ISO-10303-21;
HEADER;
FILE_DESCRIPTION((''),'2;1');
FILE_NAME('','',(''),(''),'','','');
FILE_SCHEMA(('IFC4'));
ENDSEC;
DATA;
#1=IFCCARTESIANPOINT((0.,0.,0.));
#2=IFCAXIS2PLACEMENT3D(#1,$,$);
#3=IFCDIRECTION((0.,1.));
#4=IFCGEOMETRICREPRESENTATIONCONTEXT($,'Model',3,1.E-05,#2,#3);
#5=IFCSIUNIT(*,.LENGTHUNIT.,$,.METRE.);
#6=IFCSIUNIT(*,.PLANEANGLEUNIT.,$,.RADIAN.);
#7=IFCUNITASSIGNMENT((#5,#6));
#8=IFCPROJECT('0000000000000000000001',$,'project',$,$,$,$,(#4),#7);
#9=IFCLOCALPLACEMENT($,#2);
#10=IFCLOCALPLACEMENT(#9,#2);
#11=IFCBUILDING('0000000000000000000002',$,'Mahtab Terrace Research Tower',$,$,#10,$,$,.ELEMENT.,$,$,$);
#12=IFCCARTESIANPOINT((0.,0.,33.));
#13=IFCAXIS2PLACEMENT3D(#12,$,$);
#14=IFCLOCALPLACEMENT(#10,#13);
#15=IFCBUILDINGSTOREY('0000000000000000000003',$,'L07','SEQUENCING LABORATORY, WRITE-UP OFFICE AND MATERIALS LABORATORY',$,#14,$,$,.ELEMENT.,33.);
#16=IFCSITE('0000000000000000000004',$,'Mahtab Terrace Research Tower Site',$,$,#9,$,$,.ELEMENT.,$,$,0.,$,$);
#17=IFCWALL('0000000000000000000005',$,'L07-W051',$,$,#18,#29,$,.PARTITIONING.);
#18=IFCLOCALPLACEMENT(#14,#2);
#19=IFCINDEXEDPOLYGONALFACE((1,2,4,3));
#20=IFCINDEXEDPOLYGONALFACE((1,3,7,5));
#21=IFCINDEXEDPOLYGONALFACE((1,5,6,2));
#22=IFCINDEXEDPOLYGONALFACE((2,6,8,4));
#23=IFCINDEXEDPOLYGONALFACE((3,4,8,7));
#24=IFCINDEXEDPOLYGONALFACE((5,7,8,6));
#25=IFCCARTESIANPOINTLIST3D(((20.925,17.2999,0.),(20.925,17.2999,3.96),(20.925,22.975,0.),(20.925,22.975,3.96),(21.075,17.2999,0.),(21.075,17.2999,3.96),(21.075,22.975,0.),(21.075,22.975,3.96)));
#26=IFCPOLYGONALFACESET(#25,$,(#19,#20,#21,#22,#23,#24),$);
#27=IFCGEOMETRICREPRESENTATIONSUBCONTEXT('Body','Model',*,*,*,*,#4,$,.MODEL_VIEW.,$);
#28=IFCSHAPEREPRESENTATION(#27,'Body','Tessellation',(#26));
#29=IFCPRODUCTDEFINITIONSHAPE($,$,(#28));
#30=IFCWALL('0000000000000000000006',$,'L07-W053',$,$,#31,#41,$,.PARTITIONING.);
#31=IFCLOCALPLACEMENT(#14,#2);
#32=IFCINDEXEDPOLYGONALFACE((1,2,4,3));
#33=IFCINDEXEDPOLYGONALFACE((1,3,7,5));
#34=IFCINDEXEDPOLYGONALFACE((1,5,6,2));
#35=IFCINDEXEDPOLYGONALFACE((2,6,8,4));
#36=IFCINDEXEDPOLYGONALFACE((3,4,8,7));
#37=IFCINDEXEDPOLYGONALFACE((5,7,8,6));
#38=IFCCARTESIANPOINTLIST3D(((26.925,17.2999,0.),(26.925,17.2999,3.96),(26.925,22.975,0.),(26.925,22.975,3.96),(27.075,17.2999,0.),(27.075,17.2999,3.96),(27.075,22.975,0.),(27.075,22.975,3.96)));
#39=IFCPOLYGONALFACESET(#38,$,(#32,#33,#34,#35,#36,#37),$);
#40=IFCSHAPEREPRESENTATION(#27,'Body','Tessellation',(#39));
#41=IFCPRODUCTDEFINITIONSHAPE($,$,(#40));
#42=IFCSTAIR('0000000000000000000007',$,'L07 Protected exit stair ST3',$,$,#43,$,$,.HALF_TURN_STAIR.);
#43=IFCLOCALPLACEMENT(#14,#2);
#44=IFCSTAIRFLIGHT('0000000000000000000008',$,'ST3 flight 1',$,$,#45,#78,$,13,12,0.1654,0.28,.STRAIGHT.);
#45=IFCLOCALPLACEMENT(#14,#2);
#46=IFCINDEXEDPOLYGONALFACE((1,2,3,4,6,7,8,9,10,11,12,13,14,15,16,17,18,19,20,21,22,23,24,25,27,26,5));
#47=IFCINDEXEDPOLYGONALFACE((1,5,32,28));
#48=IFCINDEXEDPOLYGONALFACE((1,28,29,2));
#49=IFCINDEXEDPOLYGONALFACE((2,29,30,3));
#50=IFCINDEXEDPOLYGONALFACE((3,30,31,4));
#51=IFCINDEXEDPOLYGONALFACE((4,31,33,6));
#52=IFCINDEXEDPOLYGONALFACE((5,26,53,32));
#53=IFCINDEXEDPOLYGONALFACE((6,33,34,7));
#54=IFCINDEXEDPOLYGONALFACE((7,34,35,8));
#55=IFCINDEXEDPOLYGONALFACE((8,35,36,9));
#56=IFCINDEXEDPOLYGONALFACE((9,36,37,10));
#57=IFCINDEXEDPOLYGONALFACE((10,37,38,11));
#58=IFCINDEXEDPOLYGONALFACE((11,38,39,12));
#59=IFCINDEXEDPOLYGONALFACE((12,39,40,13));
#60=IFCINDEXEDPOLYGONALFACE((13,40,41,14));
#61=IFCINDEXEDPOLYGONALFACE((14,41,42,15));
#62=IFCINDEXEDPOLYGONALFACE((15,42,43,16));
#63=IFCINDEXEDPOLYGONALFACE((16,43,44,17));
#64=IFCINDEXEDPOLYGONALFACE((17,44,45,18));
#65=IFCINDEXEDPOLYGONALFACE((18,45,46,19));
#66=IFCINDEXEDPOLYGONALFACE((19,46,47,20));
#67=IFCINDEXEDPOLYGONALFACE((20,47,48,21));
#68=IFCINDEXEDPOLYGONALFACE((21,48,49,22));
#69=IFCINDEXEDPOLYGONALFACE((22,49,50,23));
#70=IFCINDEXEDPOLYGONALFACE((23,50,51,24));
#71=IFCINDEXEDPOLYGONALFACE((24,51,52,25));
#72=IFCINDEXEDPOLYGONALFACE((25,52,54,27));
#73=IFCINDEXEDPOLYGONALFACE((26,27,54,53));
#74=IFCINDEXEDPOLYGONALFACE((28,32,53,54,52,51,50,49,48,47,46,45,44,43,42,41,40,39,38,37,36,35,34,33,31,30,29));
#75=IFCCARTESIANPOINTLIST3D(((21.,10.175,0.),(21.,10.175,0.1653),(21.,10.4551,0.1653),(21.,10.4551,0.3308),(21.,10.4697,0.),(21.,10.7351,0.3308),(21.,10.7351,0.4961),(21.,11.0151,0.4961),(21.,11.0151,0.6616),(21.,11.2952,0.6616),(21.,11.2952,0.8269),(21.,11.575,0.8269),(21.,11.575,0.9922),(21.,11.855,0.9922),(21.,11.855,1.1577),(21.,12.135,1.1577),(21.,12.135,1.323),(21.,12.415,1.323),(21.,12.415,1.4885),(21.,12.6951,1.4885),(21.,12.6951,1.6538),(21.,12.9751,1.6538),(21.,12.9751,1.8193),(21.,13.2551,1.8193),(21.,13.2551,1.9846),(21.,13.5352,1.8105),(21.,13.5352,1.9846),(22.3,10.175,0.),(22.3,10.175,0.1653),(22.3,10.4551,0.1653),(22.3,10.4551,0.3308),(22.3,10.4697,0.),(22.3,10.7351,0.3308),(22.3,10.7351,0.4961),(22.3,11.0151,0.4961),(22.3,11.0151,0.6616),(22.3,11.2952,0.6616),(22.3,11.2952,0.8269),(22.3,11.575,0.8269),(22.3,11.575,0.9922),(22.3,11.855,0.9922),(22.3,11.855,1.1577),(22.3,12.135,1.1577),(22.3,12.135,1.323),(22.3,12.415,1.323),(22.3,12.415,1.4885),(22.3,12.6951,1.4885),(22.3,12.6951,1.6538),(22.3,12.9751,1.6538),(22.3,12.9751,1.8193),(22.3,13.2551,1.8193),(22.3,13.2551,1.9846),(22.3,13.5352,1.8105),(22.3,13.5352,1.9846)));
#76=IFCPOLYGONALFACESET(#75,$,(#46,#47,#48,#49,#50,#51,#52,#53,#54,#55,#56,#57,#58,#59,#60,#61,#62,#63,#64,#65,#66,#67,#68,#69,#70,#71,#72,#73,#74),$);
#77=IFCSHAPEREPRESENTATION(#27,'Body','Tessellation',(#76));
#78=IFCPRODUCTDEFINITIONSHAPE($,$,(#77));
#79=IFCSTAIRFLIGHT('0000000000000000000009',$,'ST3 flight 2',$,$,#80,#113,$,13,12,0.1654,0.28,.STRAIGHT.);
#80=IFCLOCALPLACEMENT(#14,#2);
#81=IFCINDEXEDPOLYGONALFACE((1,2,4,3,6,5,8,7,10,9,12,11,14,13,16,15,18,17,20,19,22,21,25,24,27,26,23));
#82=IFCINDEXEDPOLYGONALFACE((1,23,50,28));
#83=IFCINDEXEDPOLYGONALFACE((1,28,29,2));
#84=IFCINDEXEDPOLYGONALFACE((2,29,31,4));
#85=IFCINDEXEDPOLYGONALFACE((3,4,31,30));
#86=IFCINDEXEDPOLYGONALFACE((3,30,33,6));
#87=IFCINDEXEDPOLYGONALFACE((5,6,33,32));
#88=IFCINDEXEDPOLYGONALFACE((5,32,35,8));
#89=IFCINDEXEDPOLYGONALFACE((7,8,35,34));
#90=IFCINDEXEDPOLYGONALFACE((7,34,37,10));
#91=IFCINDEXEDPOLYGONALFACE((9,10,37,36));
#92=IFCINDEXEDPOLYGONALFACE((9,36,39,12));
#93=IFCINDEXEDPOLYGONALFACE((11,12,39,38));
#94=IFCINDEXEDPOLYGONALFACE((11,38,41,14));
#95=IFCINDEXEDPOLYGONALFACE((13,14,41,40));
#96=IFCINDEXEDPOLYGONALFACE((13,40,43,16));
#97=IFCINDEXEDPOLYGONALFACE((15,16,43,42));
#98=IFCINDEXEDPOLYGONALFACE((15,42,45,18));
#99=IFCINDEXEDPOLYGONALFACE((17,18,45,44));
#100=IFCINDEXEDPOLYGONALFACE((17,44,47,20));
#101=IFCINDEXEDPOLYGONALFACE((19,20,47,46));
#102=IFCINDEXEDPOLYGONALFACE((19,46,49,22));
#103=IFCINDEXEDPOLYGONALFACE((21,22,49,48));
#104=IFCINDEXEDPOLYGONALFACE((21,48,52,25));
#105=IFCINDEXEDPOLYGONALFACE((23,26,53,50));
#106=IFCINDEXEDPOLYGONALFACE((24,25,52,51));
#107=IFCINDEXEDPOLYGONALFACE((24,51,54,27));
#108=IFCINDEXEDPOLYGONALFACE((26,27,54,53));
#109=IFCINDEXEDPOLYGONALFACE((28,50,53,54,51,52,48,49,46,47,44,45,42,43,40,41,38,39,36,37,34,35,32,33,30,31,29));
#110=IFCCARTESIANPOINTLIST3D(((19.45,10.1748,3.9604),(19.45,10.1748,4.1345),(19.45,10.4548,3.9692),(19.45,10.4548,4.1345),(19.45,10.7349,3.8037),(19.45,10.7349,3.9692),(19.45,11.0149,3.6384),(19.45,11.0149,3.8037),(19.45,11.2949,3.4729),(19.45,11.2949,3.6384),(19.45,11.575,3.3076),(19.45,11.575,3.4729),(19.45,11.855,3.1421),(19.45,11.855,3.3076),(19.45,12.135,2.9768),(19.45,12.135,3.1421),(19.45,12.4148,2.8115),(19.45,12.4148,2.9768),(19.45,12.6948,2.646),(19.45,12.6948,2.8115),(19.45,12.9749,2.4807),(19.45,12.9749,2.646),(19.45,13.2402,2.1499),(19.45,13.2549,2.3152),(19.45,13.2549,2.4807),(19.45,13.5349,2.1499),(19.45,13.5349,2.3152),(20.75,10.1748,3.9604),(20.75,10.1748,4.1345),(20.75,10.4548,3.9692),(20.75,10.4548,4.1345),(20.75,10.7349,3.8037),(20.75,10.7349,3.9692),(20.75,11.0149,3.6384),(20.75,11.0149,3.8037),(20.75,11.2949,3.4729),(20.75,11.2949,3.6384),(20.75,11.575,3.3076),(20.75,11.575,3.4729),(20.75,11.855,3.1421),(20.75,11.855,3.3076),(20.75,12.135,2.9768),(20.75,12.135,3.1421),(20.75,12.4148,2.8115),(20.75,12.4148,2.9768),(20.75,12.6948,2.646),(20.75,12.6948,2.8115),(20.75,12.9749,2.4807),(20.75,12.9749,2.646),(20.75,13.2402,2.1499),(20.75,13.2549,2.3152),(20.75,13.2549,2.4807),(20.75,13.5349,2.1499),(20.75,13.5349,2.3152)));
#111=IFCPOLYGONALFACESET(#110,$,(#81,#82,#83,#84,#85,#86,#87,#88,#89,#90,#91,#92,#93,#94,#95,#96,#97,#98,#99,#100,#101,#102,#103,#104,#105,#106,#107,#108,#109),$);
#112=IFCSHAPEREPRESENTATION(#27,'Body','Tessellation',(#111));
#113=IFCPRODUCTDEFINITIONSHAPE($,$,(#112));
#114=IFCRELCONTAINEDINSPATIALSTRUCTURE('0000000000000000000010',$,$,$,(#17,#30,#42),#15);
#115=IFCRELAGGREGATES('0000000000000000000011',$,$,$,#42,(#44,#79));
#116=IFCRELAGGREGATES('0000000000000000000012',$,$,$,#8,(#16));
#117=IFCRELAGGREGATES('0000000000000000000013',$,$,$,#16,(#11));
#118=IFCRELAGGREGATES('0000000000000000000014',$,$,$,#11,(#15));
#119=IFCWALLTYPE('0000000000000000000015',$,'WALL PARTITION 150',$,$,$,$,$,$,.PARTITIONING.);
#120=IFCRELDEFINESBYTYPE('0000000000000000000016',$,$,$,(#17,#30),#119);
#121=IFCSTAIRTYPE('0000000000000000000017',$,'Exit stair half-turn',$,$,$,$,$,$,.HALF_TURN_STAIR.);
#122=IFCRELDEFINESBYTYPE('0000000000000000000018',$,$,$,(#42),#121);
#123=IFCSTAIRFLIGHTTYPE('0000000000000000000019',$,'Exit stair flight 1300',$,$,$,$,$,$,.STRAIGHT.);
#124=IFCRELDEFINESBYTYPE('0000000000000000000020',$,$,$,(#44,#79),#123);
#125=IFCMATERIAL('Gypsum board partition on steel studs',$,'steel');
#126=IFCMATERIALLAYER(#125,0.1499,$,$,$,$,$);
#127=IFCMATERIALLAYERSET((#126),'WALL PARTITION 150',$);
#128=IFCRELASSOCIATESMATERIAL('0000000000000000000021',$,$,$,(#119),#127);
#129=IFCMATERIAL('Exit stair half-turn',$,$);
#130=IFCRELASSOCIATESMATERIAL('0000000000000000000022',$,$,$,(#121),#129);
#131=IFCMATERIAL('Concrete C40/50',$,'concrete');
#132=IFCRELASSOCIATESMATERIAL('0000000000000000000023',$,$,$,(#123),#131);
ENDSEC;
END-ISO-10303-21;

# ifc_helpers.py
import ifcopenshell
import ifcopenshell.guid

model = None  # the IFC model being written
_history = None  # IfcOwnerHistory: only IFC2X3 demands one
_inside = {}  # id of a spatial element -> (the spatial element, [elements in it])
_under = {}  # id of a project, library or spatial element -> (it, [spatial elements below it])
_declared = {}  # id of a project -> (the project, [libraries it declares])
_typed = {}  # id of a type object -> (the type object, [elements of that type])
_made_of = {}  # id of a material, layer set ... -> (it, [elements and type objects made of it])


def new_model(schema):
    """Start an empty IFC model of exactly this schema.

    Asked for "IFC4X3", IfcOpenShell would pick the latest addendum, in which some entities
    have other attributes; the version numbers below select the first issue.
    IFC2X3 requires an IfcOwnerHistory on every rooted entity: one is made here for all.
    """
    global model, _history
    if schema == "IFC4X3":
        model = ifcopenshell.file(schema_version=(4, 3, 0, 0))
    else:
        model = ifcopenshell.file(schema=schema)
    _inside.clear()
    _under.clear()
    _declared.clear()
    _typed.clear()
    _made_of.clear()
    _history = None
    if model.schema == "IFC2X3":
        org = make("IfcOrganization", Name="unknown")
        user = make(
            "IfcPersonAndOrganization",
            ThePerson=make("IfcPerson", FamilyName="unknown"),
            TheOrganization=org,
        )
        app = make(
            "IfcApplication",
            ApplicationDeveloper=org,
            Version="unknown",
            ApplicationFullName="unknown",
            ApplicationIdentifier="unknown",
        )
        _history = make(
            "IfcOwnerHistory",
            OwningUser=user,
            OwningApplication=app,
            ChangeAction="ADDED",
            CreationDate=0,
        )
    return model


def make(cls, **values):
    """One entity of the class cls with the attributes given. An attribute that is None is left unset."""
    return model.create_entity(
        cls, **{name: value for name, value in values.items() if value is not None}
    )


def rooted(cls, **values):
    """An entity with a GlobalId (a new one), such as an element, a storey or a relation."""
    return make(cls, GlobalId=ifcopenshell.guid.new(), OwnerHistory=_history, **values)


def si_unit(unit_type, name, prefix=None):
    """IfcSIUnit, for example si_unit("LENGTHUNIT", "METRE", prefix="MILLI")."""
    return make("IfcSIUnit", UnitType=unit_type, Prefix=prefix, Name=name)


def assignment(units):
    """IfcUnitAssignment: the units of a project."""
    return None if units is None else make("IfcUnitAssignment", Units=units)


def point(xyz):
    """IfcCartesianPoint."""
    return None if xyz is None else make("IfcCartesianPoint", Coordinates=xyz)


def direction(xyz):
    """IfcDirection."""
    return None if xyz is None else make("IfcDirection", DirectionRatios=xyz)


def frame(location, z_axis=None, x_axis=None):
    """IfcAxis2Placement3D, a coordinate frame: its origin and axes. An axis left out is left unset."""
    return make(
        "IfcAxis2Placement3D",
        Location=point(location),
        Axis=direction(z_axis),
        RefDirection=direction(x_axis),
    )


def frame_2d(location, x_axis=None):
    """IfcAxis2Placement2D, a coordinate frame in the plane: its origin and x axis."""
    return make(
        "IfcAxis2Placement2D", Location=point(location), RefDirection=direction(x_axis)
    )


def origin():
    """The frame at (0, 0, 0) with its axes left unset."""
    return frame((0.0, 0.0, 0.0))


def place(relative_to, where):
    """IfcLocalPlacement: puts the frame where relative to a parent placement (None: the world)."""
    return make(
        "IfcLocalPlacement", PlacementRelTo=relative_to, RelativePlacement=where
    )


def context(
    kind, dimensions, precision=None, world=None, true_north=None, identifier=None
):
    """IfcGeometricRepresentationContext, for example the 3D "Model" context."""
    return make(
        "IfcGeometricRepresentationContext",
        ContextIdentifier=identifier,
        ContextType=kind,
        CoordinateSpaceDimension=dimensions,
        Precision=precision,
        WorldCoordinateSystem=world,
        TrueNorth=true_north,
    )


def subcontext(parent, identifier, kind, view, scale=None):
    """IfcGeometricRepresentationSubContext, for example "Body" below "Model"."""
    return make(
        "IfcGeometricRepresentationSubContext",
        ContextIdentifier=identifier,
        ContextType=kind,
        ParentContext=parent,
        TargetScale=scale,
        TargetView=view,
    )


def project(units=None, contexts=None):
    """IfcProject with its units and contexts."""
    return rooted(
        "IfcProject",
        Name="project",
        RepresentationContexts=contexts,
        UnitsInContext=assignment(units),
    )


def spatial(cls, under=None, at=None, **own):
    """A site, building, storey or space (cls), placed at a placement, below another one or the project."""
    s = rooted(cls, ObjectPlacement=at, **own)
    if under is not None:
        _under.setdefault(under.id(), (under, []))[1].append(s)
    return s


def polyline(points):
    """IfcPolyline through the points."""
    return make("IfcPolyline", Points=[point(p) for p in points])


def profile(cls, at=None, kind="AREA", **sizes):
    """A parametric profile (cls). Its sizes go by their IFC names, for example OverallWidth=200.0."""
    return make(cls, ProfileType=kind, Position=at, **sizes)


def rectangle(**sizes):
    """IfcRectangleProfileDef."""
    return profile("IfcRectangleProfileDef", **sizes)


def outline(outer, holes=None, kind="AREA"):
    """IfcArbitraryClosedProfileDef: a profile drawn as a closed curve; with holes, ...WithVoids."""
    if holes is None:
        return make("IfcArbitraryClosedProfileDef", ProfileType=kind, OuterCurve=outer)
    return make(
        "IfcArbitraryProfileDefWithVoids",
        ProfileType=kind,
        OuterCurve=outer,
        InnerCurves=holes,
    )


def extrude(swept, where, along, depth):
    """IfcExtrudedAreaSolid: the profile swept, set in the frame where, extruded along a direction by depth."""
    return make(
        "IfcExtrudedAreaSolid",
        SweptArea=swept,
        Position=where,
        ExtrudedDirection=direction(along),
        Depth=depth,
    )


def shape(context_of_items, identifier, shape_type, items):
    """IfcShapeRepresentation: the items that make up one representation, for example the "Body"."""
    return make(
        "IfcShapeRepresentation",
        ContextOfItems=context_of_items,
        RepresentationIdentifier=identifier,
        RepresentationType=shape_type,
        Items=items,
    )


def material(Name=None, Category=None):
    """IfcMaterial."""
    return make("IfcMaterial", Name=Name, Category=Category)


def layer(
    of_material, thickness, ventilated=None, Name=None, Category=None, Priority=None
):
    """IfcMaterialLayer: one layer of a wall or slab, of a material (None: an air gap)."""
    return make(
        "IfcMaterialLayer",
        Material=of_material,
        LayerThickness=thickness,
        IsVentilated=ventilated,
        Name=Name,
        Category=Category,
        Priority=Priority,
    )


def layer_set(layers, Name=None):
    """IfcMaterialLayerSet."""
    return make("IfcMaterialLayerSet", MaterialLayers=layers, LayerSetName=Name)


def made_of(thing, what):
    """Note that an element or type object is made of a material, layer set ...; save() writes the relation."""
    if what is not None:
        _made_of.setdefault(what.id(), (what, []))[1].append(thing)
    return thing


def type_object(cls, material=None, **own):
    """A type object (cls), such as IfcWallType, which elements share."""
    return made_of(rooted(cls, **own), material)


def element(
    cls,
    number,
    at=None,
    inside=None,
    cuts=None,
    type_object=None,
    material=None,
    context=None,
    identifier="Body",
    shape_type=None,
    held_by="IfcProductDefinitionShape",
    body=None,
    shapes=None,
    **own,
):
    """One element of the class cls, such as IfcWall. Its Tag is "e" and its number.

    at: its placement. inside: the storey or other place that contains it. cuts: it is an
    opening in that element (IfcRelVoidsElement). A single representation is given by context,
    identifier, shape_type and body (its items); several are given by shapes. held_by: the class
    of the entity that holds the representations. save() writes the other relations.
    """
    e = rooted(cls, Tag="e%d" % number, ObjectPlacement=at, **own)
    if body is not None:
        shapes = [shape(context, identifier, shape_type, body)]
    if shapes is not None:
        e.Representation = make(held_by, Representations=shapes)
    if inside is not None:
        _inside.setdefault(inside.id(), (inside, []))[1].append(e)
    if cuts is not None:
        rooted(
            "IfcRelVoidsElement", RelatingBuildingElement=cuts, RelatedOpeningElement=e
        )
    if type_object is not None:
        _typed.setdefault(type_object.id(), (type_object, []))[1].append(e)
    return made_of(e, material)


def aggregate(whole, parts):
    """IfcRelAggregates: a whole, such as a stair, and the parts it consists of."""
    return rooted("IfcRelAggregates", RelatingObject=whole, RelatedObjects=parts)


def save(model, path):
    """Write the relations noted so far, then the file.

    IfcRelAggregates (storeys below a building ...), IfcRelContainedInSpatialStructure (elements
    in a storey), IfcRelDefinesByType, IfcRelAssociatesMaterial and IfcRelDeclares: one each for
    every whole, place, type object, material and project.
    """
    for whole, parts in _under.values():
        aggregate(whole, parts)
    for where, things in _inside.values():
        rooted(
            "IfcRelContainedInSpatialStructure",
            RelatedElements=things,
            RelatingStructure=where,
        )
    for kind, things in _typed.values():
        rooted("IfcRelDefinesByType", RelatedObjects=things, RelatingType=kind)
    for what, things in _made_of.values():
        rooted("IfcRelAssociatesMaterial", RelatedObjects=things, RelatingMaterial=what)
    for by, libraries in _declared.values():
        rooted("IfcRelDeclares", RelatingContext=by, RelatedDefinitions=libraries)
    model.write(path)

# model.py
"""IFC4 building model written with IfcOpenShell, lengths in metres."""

from ifc_helpers import new_model, si_unit, direction, frame, frame_2d, origin, place, context, subcontext, project, spatial, polyline, rectangle, outline, extrude, material, layer, layer_set, type_object, element, aggregate, save


model = new_model("IFC4")

# Units and contexts
model_context = context("Model", 3, precision=1e-05, world=origin(), true_north=direction((0.0, 1.0)))
body_context = subcontext(model_context, "Body", "Model", "MODEL_VIEW")
ifc_project = project(units=[si_unit("LENGTHUNIT", "METRE"), si_unit("PLANEANGLEUNIT", "RADIAN")], contexts=[model_context])

# Site, building, storey
site_placement = place(None, origin())
site = spatial("IfcSite", under=ifc_project, at=site_placement, Name="Mahtab Terrace Research Tower Site", CompositionType="ELEMENT", RefElevation=0.0)
building_placement = place(site_placement, origin())
building = spatial("IfcBuilding", under=site, at=building_placement, Name="Mahtab Terrace Research Tower", CompositionType="ELEMENT")
storey_placement = place(building_placement, frame((0.0, 0.0, 33.0)))
storey = spatial("IfcBuildingStorey", under=building, at=storey_placement, Name="L07", Description="SEQUENCING LABORATORY, WRITE-UP OFFICE AND MATERIALS LABORATORY", CompositionType="ELEMENT", Elevation=33.0)

# Walls
ifc_material_1 = material(Name="Gypsum board partition on steel studs", Category="steel")
ifc_layer_1 = layer(ifc_material_1, 0.1499)
ifc_layer_set_1 = layer_set([ifc_layer_1], Name="WALL PARTITION 150")
wall_type_1 = type_object("IfcWallType", Name="WALL PARTITION 150", PredefinedType="PARTITIONING", material=ifc_layer_set_1)
for number, where, z_axis, x_axis, name in (
    (1, (21.0, 17.3, 0.0), (0.0, 0.0, 1.0), (0.0, 1.0, 0.0), "L07-W051"),
    (2, (27.0, 17.3, 0.0), (0.0, 0.0, 1.0), (0.0, 1.0, 0.0), "L07-W053"),
):
    element("IfcWall", number, at=place(storey_placement, frame(where, z_axis=z_axis, x_axis=x_axis)), inside=storey, type_object=wall_type_1, Name=name, PredefinedType="PARTITIONING", context=body_context, shape_type="SweptSolid", body=[
        extrude(rectangle(XDim=5.675, YDim=0.1499, at=frame_2d((2.8374, 0.0))), origin(), (0.0, 0.0, 1.0), 3.96),
    ])

# Stair, stair flights
ifc_material_2 = material(Name="Exit stair half-turn")
stair_type = type_object("IfcStairType", Name="Exit stair half-turn", PredefinedType="HALF_TURN_STAIR", material=ifc_material_2)
stair_placement = place(storey_placement, origin())
stair = element("IfcStair", 3, at=stair_placement, inside=storey, type_object=stair_type, Name="L07 Protected exit stair ST3", PredefinedType="HALF_TURN_STAIR")
ifc_material_3 = material(Name="Concrete C40/50", Category="concrete")
stair_flight_type = type_object("IfcStairFlightType", Name="Exit stair flight 1300", PredefinedType="STRAIGHT", material=ifc_material_3)
stair_flight_1_placement = place(storey_placement, frame((21.6499, 10.175, 0.0), z_axis=(0.0, 0.0, 1.0), x_axis=(0.0, 1.0, 0.0)))
stair_flight_1 = element("IfcStairFlight", 4, at=stair_flight_1_placement, type_object=stair_flight_type, Name="ST3 flight 1", NumberOfRisers=13, NumberOfTreads=12, PredefinedType="STRAIGHT", RiserHeight=0.1654, TreadLength=0.28, context=body_context, shape_type="SweptSolid", body=[
    extrude(outline(polyline([(0.0, 0.0), (0.0, 0.1653), (0.28, 0.1653), (0.28, 0.3308), (0.5601, 0.3308), (0.5601, 0.4961), (0.8401, 0.4961), (0.8401, 0.6616), (1.1201, 0.6616), (1.1201, 0.8269), (1.3999, 0.8269), (1.3999, 0.9922), (1.6799, 0.9922), (1.6799, 1.1577), (1.96, 1.1577), (1.96, 1.323), (2.24, 1.323), (2.24, 1.4885), (2.52, 1.4885), (2.52, 1.6538), (2.8, 1.6538), (2.8, 1.8193), (3.0801, 1.8193), (3.0801, 1.9846), (3.3601, 1.9846), (3.3601, 2.1499), (3.3601, 1.8105), (0.2947, 0.0), (0.0, 0.0)])), frame((0.0, 0.6499, 0.0), z_axis=(0.0, -1.0, 0.0), x_axis=(1.0, 0.0, 0.0)), (0.0, 0.0, 1.0), 1.3),
])
stair_flight_2_placement = place(storey_placement, frame((20.1001, 13.5349, 2.1499), z_axis=(0.0, 0.0, 1.0), x_axis=(0.0, -1.0, 0.0)))
stair_flight_2 = element("IfcStairFlight", 5, at=stair_flight_2_placement, type_object=stair_flight_type, Name="ST3 flight 2", NumberOfRisers=13, NumberOfTreads=12, PredefinedType="STRAIGHT", RiserHeight=0.1654, TreadLength=0.28, context=body_context, shape_type="SweptSolid", body=[
    extrude(outline(polyline([(0.0, 0.0), (0.0, 0.1653), (0.28, 0.1653), (0.28, 0.3308), (0.5601, 0.3308), (0.5601, 0.4961), (0.8401, 0.4961), (0.8401, 0.6616), (1.1201, 0.6616), (1.1201, 0.8269), (1.3999, 0.8269), (1.3999, 0.9922), (1.6799, 0.9922), (1.6799, 1.1577), (1.96, 1.1577), (1.96, 1.323), (2.24, 1.323), (2.24, 1.4885), (2.52, 1.4885), (2.52, 1.6538), (2.8, 1.6538), (2.8, 1.8193), (3.0801, 1.8193), (3.0801, 1.9846), (3.3601, 1.9846), (3.3601, 2.1499), (3.3601, 1.8105), (0.2947, 0.0), (0.0, 0.0)])), frame((0.0, 0.6499, 0.0), z_axis=(0.0, -1.0, 0.0), x_axis=(1.0, 0.0, 0.0)), (0.0, 0.0, 1.0), 1.3),
])
aggregate(stair, [stair_flight_1, stair_flight_2])

save(model, "model.ifc")
